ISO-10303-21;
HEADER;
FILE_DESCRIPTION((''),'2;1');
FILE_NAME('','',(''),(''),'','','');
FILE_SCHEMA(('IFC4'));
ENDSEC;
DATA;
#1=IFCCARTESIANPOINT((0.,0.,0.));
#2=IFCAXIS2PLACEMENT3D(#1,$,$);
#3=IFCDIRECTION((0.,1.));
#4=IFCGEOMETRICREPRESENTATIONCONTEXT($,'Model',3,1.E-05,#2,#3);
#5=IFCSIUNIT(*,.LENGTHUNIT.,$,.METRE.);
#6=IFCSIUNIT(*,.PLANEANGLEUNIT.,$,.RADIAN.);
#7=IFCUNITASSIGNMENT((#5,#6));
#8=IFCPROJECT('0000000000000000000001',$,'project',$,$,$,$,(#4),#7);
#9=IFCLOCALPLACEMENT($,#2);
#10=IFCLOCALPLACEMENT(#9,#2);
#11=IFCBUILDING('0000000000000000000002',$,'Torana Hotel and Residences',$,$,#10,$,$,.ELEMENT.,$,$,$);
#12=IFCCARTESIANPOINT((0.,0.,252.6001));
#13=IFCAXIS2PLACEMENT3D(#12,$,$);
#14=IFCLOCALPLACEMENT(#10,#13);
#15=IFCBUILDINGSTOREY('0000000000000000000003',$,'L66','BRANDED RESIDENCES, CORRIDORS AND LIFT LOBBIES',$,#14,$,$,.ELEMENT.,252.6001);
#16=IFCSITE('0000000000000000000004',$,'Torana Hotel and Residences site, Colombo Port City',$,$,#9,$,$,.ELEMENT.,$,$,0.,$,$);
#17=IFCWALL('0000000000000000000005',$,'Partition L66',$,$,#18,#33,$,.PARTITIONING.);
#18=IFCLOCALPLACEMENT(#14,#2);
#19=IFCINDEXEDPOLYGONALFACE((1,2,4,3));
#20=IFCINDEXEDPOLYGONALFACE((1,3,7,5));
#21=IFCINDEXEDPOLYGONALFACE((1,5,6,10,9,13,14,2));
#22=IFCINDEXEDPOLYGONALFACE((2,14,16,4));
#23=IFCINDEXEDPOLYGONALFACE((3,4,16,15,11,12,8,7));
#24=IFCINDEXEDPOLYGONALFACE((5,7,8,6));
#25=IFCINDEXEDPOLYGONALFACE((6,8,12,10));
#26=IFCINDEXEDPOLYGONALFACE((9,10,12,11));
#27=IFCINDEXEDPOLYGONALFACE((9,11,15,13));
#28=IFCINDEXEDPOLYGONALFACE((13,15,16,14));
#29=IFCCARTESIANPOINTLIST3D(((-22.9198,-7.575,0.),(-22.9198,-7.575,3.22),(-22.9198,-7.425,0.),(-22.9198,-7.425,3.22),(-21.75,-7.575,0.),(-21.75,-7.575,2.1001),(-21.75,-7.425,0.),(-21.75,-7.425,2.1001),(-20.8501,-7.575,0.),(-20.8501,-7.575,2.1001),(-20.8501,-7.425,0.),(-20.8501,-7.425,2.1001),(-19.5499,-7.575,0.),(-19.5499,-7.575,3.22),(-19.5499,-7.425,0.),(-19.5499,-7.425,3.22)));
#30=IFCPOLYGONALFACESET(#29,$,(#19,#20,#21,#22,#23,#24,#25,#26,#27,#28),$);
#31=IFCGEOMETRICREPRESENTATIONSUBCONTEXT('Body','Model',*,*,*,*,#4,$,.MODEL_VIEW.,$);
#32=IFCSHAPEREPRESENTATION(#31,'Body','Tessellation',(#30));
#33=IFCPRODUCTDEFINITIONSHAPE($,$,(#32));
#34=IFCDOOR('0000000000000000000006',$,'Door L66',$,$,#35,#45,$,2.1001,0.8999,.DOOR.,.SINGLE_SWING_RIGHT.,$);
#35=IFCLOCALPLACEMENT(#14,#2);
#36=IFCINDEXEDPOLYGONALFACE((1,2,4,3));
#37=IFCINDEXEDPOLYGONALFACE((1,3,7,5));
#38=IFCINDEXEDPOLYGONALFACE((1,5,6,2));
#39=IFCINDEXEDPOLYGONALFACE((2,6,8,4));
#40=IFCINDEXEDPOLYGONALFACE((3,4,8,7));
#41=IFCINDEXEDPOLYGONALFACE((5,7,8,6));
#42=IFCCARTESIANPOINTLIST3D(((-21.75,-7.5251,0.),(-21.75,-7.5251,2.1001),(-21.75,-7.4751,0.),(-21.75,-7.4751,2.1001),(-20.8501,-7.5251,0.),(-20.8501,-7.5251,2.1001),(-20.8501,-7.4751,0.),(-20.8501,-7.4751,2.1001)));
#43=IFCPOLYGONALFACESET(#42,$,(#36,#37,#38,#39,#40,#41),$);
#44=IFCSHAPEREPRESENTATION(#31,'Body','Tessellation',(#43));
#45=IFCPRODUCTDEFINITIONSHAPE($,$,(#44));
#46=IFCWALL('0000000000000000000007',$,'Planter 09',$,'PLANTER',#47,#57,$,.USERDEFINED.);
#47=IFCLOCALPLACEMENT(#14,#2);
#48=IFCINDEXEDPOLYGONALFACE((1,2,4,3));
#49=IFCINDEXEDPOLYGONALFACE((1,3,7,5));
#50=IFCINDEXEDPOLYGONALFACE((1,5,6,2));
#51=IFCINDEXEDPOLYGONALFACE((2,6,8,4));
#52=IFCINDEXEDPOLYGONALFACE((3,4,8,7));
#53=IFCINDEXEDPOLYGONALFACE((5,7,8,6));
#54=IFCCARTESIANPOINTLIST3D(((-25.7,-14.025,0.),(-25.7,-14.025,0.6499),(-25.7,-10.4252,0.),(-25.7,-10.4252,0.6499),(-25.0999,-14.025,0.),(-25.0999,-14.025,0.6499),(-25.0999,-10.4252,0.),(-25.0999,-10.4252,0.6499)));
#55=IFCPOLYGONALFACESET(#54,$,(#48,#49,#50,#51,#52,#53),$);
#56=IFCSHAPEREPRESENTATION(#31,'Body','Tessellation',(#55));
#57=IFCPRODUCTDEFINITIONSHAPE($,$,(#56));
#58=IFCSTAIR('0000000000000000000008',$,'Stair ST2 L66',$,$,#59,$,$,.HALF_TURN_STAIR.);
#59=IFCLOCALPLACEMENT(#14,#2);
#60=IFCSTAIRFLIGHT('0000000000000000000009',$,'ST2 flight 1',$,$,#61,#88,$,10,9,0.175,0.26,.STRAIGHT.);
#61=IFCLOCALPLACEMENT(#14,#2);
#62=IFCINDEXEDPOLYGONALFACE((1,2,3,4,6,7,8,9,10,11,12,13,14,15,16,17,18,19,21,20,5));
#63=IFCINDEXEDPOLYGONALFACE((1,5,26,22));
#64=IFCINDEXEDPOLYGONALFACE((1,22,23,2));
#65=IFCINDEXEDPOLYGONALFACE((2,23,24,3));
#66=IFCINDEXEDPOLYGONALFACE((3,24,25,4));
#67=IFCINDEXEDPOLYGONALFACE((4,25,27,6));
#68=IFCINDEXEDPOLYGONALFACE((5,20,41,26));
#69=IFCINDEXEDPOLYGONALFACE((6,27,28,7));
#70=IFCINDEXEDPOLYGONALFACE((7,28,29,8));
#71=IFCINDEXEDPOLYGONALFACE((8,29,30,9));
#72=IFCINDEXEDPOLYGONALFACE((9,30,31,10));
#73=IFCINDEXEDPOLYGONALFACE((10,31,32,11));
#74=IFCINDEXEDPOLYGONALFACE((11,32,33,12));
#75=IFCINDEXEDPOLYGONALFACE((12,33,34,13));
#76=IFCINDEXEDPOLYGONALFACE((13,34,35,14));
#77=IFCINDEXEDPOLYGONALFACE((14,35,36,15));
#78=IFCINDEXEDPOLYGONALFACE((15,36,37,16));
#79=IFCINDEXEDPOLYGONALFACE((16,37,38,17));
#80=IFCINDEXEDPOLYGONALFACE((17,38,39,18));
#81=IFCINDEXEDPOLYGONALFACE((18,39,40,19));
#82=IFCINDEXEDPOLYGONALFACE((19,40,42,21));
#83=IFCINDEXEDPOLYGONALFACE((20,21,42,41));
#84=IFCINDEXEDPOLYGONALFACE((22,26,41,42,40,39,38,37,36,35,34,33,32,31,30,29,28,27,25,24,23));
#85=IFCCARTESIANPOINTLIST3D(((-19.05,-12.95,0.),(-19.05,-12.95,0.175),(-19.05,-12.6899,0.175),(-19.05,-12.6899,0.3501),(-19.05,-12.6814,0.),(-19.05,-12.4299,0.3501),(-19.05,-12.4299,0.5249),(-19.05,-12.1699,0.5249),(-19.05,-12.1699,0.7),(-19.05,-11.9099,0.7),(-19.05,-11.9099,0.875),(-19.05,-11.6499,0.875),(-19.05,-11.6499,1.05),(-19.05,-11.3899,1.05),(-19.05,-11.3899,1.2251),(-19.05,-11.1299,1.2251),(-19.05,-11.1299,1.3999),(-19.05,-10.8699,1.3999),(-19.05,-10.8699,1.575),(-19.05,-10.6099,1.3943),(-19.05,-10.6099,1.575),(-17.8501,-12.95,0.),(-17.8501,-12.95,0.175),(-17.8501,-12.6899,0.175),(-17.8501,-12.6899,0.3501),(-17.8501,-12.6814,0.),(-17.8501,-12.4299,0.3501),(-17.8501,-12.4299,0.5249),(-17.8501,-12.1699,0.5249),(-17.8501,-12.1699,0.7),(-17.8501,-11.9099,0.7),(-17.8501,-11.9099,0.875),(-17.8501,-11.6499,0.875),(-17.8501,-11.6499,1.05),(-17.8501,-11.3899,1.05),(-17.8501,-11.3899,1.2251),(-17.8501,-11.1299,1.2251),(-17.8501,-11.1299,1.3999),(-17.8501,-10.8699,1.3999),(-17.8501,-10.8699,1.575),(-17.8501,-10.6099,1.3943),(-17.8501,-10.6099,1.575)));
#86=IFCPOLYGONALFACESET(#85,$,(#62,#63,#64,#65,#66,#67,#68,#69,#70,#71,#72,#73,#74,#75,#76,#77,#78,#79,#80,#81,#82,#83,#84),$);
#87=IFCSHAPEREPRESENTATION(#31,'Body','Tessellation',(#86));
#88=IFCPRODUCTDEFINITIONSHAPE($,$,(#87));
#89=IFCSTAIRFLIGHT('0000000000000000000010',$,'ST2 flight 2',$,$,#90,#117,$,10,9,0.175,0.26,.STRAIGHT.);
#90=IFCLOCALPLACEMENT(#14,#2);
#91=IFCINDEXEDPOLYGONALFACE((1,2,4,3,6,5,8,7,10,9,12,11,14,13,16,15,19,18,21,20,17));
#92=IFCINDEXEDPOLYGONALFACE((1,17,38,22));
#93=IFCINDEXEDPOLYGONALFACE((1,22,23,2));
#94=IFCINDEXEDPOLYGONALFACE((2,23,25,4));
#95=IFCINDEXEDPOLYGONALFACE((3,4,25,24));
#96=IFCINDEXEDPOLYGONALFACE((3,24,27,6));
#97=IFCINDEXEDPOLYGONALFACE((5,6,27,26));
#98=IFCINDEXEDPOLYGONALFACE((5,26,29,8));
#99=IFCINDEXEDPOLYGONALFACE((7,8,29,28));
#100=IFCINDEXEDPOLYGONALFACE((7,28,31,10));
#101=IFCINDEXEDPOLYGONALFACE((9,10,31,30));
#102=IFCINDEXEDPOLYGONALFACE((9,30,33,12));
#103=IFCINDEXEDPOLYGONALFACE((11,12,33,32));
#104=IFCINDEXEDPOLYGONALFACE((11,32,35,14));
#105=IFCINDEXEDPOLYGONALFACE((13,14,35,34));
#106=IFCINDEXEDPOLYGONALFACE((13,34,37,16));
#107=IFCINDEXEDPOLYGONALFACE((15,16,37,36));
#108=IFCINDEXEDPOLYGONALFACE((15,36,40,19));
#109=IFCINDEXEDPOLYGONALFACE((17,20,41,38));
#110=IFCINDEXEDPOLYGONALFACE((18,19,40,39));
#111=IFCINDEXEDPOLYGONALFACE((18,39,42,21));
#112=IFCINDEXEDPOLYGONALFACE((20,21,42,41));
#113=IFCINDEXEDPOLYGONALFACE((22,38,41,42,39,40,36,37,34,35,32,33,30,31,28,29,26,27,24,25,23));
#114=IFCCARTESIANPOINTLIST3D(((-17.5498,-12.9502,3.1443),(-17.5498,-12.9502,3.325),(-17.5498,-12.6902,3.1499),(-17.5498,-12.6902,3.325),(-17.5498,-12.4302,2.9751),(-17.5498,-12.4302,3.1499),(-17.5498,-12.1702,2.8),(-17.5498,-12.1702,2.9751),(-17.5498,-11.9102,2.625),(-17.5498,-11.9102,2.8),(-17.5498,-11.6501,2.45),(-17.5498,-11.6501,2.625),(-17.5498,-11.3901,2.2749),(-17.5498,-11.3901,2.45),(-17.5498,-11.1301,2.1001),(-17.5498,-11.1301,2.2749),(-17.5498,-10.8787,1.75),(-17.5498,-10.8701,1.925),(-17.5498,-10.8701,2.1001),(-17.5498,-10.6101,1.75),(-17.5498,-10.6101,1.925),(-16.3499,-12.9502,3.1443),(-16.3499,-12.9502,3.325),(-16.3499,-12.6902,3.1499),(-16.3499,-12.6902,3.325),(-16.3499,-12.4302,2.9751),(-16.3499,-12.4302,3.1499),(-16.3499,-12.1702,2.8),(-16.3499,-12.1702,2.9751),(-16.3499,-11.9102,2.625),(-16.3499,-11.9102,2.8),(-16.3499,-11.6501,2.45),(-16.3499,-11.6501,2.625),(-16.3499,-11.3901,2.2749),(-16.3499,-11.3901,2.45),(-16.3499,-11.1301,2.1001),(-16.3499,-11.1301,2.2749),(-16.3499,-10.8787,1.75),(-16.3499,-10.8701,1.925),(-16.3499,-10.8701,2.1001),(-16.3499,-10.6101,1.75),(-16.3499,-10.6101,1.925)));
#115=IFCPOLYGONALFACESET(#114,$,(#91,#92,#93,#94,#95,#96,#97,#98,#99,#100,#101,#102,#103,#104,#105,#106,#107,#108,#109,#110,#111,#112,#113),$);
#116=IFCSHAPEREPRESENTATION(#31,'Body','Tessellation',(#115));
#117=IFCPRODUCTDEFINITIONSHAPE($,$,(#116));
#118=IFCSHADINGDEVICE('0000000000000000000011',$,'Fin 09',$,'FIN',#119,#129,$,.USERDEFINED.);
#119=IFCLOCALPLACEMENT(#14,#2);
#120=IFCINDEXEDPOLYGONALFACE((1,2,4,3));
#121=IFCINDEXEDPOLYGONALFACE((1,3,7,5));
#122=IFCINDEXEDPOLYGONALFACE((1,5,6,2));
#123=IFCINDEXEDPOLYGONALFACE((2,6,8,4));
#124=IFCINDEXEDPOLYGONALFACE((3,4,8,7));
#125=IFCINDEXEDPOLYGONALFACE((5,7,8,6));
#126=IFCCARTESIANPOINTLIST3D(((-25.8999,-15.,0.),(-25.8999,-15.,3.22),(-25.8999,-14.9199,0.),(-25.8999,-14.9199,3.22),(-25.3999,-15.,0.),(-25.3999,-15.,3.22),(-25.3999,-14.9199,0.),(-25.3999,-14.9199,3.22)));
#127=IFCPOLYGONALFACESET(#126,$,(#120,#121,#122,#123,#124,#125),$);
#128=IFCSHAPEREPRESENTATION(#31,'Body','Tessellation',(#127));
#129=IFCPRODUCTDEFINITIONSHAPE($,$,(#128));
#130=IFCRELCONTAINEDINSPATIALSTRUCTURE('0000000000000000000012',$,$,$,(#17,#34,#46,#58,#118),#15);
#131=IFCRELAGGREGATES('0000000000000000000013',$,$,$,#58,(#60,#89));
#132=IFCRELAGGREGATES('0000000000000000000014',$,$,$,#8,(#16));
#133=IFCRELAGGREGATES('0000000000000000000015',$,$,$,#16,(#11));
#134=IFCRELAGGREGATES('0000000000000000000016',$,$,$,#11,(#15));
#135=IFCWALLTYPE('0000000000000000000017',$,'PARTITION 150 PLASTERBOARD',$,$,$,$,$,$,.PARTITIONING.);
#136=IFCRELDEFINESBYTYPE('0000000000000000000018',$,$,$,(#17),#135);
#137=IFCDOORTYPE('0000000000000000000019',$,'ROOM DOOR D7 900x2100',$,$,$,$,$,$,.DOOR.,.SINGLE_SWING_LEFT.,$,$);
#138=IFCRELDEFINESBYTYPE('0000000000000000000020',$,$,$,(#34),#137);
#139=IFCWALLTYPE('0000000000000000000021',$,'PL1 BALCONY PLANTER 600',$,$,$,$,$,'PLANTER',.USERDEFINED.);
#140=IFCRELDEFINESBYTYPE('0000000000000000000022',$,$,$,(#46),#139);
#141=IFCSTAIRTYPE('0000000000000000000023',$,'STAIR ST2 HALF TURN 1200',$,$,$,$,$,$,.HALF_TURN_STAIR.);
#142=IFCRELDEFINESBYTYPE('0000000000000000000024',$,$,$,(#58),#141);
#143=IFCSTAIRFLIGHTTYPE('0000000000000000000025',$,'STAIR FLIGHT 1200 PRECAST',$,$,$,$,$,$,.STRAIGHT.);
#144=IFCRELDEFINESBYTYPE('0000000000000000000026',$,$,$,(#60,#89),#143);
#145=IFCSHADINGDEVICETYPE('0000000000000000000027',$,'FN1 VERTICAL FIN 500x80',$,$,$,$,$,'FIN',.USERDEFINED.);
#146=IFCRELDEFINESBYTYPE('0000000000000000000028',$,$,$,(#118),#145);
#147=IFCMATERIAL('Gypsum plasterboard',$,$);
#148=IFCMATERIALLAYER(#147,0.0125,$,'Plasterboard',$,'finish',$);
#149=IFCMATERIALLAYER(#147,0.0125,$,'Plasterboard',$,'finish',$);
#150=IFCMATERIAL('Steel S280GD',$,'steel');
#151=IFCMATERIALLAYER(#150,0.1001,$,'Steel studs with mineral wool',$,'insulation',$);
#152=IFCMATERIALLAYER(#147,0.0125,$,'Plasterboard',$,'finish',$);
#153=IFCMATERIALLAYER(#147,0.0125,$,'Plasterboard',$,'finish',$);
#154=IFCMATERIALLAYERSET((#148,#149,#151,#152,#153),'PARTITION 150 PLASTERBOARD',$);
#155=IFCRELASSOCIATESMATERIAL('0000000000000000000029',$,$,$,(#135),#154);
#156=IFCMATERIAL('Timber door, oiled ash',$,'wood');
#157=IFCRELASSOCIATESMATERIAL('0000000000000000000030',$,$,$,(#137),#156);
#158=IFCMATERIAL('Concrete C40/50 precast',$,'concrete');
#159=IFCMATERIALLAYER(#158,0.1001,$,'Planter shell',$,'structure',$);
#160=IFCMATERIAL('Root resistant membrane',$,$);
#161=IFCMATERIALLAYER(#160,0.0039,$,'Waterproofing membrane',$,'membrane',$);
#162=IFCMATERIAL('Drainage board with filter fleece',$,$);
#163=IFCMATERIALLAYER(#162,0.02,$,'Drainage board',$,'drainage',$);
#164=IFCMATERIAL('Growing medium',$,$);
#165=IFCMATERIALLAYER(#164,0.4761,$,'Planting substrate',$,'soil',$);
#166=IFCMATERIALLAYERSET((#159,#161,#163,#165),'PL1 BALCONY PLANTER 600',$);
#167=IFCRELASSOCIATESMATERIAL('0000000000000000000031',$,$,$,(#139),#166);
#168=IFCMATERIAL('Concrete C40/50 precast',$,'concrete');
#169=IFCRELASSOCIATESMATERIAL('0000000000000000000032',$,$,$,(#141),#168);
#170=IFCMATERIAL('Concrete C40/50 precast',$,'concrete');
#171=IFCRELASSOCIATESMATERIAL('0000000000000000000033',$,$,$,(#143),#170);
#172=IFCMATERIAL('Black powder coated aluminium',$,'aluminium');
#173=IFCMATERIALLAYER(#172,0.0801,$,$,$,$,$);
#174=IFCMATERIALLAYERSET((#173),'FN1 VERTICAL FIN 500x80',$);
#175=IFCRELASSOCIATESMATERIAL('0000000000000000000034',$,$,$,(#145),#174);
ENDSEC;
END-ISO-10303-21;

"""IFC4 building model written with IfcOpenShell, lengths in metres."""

from ifc_helpers import new_model, si_unit, direction, frame, frame_2d, origin, origin_2d, place, context, subcontext, project, spatial, polyline, rectangle, outline, extrude, material, layer, layer_set, type_object, element, fill, aggregate, save


model = new_model("IFC4")

# Units and contexts
model_context = context("Model", 3, precision=1e-05, world=origin(), true_north=direction((0.0, 1.0)))
body_context = subcontext(model_context, "Body", "Model", "MODEL_VIEW")
ifc_project = project(units=[si_unit("LENGTHUNIT", "METRE"), si_unit("PLANEANGLEUNIT", "RADIAN")], contexts=[model_context])

# Site, building, storey
site_placement = place(None, origin())
site = spatial("IfcSite", under=ifc_project, at=site_placement, Name="Torana Hotel and Residences site, Colombo Port City", CompositionType="ELEMENT", RefElevation=0.0)
building_placement = place(site_placement, origin())
building = spatial("IfcBuilding", under=site, at=building_placement, Name="Torana Hotel and Residences", CompositionType="ELEMENT")
storey_placement = place(building_placement, frame((0.0, 0.0, 252.6001)))
storey = spatial("IfcBuildingStorey", under=building, at=storey_placement, Name="L66", Description="BRANDED RESIDENCES, CORRIDORS AND LIFT LOBBIES", CompositionType="ELEMENT", Elevation=252.6001)

# Wall, opening, door
ifc_material_1 = material(Name="Gypsum plasterboard")
ifc_layer_1 = layer(ifc_material_1, 0.0125, Name="Plasterboard", Category="finish")
ifc_layer_2 = layer(ifc_material_1, 0.0125, Name="Plasterboard", Category="finish")
ifc_material_2 = material(Name="Steel S280GD", Category="steel")
ifc_layer_3 = layer(ifc_material_2, 0.1001, Name="Steel studs with mineral wool", Category="insulation")
ifc_layer_4 = layer(ifc_material_1, 0.0125, Name="Plasterboard", Category="finish")
ifc_layer_5 = layer(ifc_material_1, 0.0125, Name="Plasterboard", Category="finish")
ifc_layer_set_1 = layer_set([ifc_layer_1, ifc_layer_2, ifc_layer_3, ifc_layer_4, ifc_layer_5], Name="PARTITION 150 PLASTERBOARD")
wall_type_1 = type_object("IfcWallType", Name="PARTITION 150 PLASTERBOARD", PredefinedType="PARTITIONING", material=ifc_layer_set_1)
wall_1_placement = place(storey_placement, frame((-22.9199, -7.5, 0.0), z_axis=(0.0, 0.0, 1.0), x_axis=(1.0, 0.0, 0.0)))
wall_1 = element("IfcWall", 1, at=wall_1_placement, inside=storey, type_object=wall_type_1, Name="Partition L66", PredefinedType="PARTITIONING", context=body_context, shape_type="SweptSolid", body=[
    extrude(rectangle(XDim=3.3699, YDim=0.1499, at=frame_2d((1.6851, 0.0))), origin(), (0.0, 0.0, 1.0), 3.22),
])
opening_1_placement = place(wall_1_placement, frame((1.1699, 0.0, 0.0)))
opening_1 = element("IfcOpeningElement", 2, at=opening_1_placement, cuts=wall_1, PredefinedType="OPENING", context=body_context, shape_type="SweptSolid", body=[
    extrude(rectangle(XDim=0.8999, YDim=2.1001, at=frame_2d((0.45, 1.05))), frame((0.0, 0.085, 0.0), z_axis=(0.0, -1.0, 0.0), x_axis=(1.0, 0.0, 0.0)), (0.0, 0.0, 1.0), 0.1699),
])
ifc_material_3 = material(Name="Timber door, oiled ash", Category="wood")
door_type_1 = type_object("IfcDoorType", Name="ROOM DOOR D7 900x2100", OperationType="SINGLE_SWING_LEFT", PredefinedType="DOOR", material=ifc_material_3)
door_1_placement = place(opening_1_placement, origin())
door_1 = element("IfcDoor", 3, at=door_1_placement, inside=storey, type_object=door_type_1, Name="Door L66", OperationType="SINGLE_SWING_RIGHT", OverallHeight=2.1001, OverallWidth=0.8999, PredefinedType="DOOR", context=body_context, shape_type="SweptSolid", body=[
    extrude(rectangle(XDim=0.8999, YDim=2.1001, at=frame_2d((0.45, 1.05))), frame((0.0, 0.0249, 0.0), z_axis=(0.0, -1.0, 0.0), x_axis=(1.0, 0.0, 0.0)), (0.0, 0.0, 1.0), 0.05),
])
fill(opening_1, door_1)

# Wall
ifc_material_4 = material(Name="Concrete C40/50 precast", Category="concrete")
ifc_layer_6 = layer(ifc_material_4, 0.1001, Name="Planter shell", Category="structure")
ifc_material_5 = material(Name="Root resistant membrane")
ifc_layer_7 = layer(ifc_material_5, 0.0039, Name="Waterproofing membrane", Category="membrane")
ifc_material_6 = material(Name="Drainage board with filter fleece")
ifc_layer_8 = layer(ifc_material_6, 0.02, Name="Drainage board", Category="drainage")
ifc_material_7 = material(Name="Growing medium")
ifc_layer_9 = layer(ifc_material_7, 0.4761, Name="Planting substrate", Category="soil")
ifc_layer_set_2 = layer_set([ifc_layer_6, ifc_layer_7, ifc_layer_8, ifc_layer_9], Name="PL1 BALCONY PLANTER 600")
wall_type_2 = type_object("IfcWallType", Name="PL1 BALCONY PLANTER 600", ElementType="PLANTER", PredefinedType="USERDEFINED", material=ifc_layer_set_2)
wall_2_placement = place(storey_placement, frame((-25.3999, -14.0249, 0.0), z_axis=(0.0, 0.0, 1.0), x_axis=(0.0, 1.0, 0.0)))
element("IfcWall", 4, at=wall_2_placement, inside=storey, type_object=wall_type_2, Name="Planter 09", ObjectType="PLANTER", PredefinedType="USERDEFINED", context=body_context, shape_type="SweptSolid", body=[
    extrude(rectangle(XDim=3.5999, YDim=0.6001, at=frame_2d((1.7998, 0.0))), origin(), (0.0, 0.0, 1.0), 0.6499),
])

# Stair, stair flights
ifc_material_8 = material(Name="Concrete C40/50 precast", Category="concrete")
stair_type = type_object("IfcStairType", Name="STAIR ST2 HALF TURN 1200", PredefinedType="HALF_TURN_STAIR", material=ifc_material_8)
stair_placement = place(storey_placement, origin())
stair = element("IfcStair", 5, at=stair_placement, inside=storey, type_object=stair_type, Name="Stair ST2 L66", PredefinedType="HALF_TURN_STAIR")
ifc_material_9 = material(Name="Concrete C40/50 precast", Category="concrete")
stair_flight_type = type_object("IfcStairFlightType", Name="STAIR FLIGHT 1200 PRECAST", PredefinedType="STRAIGHT", material=ifc_material_9)
stair_flight_1_placement = place(storey_placement, frame((-18.45, -12.95, 0.0), z_axis=(0.0, 0.0, 1.0), x_axis=(0.0, 1.0, 0.0)))
stair_flight_1 = element("IfcStairFlight", 6, at=stair_flight_1_placement, type_object=stair_flight_type, Name="ST2 flight 1", NumberOfRisers=10, NumberOfTreads=9, PredefinedType="STRAIGHT", RiserHeight=0.175, TreadLength=0.26, context=body_context, shape_type="SweptSolid", body=[
    extrude(outline(polyline([(0.0, 0.0), (0.0, 0.175), (0.26, 0.175), (0.26, 0.3501), (0.52, 0.3501), (0.52, 0.5249), (0.78, 0.5249), (0.78, 0.7), (1.04, 0.7), (1.04, 0.875), (1.3, 0.875), (1.3, 1.05), (1.5601, 1.05), (1.5601, 1.2251), (1.8201, 1.2251), (1.8201, 1.3999), (2.0801, 1.3999), (2.0801, 1.575), (2.3401, 1.575), (2.3401, 1.75), (2.3401, 1.3943), (0.2686, 0.0), (0.0, 0.0)])), frame((0.0, 0.6001, 0.0), z_axis=(0.0, -1.0, 0.0), x_axis=(1.0, 0.0, 0.0)), (0.0, 0.0, 1.0), 1.2),
])
stair_flight_2_placement = place(storey_placement, frame((-16.95, -10.6101, 1.75), z_axis=(0.0, 0.0, 1.0), x_axis=(0.0, -1.0, 0.0)))
stair_flight_2 = element("IfcStairFlight", 7, at=stair_flight_2_placement, type_object=stair_flight_type, Name="ST2 flight 2", NumberOfRisers=10, NumberOfTreads=9, PredefinedType="STRAIGHT", RiserHeight=0.175, TreadLength=0.26, context=body_context, shape_type="SweptSolid", body=[
    extrude(outline(polyline([(0.0, 0.0), (0.0, 0.175), (0.26, 0.175), (0.26, 0.3501), (0.52, 0.3501), (0.52, 0.5249), (0.78, 0.5249), (0.78, 0.7), (1.04, 0.7), (1.04, 0.875), (1.3, 0.875), (1.3, 1.05), (1.5601, 1.05), (1.5601, 1.2251), (1.8201, 1.2251), (1.8201, 1.3999), (2.0801, 1.3999), (2.0801, 1.575), (2.3401, 1.575), (2.3401, 1.75), (2.3401, 1.3943), (0.2686, 0.0), (0.0, 0.0)])), frame((0.0, 0.6001, 0.0), z_axis=(0.0, -1.0, 0.0), x_axis=(1.0, 0.0, 0.0)), (0.0, 0.0, 1.0), 1.2),
])
aggregate(stair, [stair_flight_1, stair_flight_2])

# Shading device
ifc_material_10 = material(Name="Black powder coated aluminium", Category="aluminium")
ifc_layer_10 = layer(ifc_material_10, 0.0801)
ifc_layer_set_3 = layer_set([ifc_layer_10], Name="FN1 VERTICAL FIN 500x80")
shading_device_type = type_object("IfcShadingDeviceType", Name="FN1 VERTICAL FIN 500x80", ElementType="FIN", PredefinedType="USERDEFINED", material=ifc_layer_set_3)
shading_device_placement = place(storey_placement, frame((-25.6499, -14.96, 0.0), z_axis=(0.0, 0.0, 1.0), x_axis=(0.0, 1.0, 0.0)))
element("IfcShadingDevice", 8, at=shading_device_placement, inside=storey, type_object=shading_device_type, Name="Fin 09", ObjectType="FIN", PredefinedType="USERDEFINED", context=body_context, shape_type="SweptSolid", body=[
    extrude(rectangle(XDim=0.0801, YDim=0.5, at=origin_2d()), origin(), (0.0, 0.0, 1.0), 3.22),
])

save(model, "model.ifc")
